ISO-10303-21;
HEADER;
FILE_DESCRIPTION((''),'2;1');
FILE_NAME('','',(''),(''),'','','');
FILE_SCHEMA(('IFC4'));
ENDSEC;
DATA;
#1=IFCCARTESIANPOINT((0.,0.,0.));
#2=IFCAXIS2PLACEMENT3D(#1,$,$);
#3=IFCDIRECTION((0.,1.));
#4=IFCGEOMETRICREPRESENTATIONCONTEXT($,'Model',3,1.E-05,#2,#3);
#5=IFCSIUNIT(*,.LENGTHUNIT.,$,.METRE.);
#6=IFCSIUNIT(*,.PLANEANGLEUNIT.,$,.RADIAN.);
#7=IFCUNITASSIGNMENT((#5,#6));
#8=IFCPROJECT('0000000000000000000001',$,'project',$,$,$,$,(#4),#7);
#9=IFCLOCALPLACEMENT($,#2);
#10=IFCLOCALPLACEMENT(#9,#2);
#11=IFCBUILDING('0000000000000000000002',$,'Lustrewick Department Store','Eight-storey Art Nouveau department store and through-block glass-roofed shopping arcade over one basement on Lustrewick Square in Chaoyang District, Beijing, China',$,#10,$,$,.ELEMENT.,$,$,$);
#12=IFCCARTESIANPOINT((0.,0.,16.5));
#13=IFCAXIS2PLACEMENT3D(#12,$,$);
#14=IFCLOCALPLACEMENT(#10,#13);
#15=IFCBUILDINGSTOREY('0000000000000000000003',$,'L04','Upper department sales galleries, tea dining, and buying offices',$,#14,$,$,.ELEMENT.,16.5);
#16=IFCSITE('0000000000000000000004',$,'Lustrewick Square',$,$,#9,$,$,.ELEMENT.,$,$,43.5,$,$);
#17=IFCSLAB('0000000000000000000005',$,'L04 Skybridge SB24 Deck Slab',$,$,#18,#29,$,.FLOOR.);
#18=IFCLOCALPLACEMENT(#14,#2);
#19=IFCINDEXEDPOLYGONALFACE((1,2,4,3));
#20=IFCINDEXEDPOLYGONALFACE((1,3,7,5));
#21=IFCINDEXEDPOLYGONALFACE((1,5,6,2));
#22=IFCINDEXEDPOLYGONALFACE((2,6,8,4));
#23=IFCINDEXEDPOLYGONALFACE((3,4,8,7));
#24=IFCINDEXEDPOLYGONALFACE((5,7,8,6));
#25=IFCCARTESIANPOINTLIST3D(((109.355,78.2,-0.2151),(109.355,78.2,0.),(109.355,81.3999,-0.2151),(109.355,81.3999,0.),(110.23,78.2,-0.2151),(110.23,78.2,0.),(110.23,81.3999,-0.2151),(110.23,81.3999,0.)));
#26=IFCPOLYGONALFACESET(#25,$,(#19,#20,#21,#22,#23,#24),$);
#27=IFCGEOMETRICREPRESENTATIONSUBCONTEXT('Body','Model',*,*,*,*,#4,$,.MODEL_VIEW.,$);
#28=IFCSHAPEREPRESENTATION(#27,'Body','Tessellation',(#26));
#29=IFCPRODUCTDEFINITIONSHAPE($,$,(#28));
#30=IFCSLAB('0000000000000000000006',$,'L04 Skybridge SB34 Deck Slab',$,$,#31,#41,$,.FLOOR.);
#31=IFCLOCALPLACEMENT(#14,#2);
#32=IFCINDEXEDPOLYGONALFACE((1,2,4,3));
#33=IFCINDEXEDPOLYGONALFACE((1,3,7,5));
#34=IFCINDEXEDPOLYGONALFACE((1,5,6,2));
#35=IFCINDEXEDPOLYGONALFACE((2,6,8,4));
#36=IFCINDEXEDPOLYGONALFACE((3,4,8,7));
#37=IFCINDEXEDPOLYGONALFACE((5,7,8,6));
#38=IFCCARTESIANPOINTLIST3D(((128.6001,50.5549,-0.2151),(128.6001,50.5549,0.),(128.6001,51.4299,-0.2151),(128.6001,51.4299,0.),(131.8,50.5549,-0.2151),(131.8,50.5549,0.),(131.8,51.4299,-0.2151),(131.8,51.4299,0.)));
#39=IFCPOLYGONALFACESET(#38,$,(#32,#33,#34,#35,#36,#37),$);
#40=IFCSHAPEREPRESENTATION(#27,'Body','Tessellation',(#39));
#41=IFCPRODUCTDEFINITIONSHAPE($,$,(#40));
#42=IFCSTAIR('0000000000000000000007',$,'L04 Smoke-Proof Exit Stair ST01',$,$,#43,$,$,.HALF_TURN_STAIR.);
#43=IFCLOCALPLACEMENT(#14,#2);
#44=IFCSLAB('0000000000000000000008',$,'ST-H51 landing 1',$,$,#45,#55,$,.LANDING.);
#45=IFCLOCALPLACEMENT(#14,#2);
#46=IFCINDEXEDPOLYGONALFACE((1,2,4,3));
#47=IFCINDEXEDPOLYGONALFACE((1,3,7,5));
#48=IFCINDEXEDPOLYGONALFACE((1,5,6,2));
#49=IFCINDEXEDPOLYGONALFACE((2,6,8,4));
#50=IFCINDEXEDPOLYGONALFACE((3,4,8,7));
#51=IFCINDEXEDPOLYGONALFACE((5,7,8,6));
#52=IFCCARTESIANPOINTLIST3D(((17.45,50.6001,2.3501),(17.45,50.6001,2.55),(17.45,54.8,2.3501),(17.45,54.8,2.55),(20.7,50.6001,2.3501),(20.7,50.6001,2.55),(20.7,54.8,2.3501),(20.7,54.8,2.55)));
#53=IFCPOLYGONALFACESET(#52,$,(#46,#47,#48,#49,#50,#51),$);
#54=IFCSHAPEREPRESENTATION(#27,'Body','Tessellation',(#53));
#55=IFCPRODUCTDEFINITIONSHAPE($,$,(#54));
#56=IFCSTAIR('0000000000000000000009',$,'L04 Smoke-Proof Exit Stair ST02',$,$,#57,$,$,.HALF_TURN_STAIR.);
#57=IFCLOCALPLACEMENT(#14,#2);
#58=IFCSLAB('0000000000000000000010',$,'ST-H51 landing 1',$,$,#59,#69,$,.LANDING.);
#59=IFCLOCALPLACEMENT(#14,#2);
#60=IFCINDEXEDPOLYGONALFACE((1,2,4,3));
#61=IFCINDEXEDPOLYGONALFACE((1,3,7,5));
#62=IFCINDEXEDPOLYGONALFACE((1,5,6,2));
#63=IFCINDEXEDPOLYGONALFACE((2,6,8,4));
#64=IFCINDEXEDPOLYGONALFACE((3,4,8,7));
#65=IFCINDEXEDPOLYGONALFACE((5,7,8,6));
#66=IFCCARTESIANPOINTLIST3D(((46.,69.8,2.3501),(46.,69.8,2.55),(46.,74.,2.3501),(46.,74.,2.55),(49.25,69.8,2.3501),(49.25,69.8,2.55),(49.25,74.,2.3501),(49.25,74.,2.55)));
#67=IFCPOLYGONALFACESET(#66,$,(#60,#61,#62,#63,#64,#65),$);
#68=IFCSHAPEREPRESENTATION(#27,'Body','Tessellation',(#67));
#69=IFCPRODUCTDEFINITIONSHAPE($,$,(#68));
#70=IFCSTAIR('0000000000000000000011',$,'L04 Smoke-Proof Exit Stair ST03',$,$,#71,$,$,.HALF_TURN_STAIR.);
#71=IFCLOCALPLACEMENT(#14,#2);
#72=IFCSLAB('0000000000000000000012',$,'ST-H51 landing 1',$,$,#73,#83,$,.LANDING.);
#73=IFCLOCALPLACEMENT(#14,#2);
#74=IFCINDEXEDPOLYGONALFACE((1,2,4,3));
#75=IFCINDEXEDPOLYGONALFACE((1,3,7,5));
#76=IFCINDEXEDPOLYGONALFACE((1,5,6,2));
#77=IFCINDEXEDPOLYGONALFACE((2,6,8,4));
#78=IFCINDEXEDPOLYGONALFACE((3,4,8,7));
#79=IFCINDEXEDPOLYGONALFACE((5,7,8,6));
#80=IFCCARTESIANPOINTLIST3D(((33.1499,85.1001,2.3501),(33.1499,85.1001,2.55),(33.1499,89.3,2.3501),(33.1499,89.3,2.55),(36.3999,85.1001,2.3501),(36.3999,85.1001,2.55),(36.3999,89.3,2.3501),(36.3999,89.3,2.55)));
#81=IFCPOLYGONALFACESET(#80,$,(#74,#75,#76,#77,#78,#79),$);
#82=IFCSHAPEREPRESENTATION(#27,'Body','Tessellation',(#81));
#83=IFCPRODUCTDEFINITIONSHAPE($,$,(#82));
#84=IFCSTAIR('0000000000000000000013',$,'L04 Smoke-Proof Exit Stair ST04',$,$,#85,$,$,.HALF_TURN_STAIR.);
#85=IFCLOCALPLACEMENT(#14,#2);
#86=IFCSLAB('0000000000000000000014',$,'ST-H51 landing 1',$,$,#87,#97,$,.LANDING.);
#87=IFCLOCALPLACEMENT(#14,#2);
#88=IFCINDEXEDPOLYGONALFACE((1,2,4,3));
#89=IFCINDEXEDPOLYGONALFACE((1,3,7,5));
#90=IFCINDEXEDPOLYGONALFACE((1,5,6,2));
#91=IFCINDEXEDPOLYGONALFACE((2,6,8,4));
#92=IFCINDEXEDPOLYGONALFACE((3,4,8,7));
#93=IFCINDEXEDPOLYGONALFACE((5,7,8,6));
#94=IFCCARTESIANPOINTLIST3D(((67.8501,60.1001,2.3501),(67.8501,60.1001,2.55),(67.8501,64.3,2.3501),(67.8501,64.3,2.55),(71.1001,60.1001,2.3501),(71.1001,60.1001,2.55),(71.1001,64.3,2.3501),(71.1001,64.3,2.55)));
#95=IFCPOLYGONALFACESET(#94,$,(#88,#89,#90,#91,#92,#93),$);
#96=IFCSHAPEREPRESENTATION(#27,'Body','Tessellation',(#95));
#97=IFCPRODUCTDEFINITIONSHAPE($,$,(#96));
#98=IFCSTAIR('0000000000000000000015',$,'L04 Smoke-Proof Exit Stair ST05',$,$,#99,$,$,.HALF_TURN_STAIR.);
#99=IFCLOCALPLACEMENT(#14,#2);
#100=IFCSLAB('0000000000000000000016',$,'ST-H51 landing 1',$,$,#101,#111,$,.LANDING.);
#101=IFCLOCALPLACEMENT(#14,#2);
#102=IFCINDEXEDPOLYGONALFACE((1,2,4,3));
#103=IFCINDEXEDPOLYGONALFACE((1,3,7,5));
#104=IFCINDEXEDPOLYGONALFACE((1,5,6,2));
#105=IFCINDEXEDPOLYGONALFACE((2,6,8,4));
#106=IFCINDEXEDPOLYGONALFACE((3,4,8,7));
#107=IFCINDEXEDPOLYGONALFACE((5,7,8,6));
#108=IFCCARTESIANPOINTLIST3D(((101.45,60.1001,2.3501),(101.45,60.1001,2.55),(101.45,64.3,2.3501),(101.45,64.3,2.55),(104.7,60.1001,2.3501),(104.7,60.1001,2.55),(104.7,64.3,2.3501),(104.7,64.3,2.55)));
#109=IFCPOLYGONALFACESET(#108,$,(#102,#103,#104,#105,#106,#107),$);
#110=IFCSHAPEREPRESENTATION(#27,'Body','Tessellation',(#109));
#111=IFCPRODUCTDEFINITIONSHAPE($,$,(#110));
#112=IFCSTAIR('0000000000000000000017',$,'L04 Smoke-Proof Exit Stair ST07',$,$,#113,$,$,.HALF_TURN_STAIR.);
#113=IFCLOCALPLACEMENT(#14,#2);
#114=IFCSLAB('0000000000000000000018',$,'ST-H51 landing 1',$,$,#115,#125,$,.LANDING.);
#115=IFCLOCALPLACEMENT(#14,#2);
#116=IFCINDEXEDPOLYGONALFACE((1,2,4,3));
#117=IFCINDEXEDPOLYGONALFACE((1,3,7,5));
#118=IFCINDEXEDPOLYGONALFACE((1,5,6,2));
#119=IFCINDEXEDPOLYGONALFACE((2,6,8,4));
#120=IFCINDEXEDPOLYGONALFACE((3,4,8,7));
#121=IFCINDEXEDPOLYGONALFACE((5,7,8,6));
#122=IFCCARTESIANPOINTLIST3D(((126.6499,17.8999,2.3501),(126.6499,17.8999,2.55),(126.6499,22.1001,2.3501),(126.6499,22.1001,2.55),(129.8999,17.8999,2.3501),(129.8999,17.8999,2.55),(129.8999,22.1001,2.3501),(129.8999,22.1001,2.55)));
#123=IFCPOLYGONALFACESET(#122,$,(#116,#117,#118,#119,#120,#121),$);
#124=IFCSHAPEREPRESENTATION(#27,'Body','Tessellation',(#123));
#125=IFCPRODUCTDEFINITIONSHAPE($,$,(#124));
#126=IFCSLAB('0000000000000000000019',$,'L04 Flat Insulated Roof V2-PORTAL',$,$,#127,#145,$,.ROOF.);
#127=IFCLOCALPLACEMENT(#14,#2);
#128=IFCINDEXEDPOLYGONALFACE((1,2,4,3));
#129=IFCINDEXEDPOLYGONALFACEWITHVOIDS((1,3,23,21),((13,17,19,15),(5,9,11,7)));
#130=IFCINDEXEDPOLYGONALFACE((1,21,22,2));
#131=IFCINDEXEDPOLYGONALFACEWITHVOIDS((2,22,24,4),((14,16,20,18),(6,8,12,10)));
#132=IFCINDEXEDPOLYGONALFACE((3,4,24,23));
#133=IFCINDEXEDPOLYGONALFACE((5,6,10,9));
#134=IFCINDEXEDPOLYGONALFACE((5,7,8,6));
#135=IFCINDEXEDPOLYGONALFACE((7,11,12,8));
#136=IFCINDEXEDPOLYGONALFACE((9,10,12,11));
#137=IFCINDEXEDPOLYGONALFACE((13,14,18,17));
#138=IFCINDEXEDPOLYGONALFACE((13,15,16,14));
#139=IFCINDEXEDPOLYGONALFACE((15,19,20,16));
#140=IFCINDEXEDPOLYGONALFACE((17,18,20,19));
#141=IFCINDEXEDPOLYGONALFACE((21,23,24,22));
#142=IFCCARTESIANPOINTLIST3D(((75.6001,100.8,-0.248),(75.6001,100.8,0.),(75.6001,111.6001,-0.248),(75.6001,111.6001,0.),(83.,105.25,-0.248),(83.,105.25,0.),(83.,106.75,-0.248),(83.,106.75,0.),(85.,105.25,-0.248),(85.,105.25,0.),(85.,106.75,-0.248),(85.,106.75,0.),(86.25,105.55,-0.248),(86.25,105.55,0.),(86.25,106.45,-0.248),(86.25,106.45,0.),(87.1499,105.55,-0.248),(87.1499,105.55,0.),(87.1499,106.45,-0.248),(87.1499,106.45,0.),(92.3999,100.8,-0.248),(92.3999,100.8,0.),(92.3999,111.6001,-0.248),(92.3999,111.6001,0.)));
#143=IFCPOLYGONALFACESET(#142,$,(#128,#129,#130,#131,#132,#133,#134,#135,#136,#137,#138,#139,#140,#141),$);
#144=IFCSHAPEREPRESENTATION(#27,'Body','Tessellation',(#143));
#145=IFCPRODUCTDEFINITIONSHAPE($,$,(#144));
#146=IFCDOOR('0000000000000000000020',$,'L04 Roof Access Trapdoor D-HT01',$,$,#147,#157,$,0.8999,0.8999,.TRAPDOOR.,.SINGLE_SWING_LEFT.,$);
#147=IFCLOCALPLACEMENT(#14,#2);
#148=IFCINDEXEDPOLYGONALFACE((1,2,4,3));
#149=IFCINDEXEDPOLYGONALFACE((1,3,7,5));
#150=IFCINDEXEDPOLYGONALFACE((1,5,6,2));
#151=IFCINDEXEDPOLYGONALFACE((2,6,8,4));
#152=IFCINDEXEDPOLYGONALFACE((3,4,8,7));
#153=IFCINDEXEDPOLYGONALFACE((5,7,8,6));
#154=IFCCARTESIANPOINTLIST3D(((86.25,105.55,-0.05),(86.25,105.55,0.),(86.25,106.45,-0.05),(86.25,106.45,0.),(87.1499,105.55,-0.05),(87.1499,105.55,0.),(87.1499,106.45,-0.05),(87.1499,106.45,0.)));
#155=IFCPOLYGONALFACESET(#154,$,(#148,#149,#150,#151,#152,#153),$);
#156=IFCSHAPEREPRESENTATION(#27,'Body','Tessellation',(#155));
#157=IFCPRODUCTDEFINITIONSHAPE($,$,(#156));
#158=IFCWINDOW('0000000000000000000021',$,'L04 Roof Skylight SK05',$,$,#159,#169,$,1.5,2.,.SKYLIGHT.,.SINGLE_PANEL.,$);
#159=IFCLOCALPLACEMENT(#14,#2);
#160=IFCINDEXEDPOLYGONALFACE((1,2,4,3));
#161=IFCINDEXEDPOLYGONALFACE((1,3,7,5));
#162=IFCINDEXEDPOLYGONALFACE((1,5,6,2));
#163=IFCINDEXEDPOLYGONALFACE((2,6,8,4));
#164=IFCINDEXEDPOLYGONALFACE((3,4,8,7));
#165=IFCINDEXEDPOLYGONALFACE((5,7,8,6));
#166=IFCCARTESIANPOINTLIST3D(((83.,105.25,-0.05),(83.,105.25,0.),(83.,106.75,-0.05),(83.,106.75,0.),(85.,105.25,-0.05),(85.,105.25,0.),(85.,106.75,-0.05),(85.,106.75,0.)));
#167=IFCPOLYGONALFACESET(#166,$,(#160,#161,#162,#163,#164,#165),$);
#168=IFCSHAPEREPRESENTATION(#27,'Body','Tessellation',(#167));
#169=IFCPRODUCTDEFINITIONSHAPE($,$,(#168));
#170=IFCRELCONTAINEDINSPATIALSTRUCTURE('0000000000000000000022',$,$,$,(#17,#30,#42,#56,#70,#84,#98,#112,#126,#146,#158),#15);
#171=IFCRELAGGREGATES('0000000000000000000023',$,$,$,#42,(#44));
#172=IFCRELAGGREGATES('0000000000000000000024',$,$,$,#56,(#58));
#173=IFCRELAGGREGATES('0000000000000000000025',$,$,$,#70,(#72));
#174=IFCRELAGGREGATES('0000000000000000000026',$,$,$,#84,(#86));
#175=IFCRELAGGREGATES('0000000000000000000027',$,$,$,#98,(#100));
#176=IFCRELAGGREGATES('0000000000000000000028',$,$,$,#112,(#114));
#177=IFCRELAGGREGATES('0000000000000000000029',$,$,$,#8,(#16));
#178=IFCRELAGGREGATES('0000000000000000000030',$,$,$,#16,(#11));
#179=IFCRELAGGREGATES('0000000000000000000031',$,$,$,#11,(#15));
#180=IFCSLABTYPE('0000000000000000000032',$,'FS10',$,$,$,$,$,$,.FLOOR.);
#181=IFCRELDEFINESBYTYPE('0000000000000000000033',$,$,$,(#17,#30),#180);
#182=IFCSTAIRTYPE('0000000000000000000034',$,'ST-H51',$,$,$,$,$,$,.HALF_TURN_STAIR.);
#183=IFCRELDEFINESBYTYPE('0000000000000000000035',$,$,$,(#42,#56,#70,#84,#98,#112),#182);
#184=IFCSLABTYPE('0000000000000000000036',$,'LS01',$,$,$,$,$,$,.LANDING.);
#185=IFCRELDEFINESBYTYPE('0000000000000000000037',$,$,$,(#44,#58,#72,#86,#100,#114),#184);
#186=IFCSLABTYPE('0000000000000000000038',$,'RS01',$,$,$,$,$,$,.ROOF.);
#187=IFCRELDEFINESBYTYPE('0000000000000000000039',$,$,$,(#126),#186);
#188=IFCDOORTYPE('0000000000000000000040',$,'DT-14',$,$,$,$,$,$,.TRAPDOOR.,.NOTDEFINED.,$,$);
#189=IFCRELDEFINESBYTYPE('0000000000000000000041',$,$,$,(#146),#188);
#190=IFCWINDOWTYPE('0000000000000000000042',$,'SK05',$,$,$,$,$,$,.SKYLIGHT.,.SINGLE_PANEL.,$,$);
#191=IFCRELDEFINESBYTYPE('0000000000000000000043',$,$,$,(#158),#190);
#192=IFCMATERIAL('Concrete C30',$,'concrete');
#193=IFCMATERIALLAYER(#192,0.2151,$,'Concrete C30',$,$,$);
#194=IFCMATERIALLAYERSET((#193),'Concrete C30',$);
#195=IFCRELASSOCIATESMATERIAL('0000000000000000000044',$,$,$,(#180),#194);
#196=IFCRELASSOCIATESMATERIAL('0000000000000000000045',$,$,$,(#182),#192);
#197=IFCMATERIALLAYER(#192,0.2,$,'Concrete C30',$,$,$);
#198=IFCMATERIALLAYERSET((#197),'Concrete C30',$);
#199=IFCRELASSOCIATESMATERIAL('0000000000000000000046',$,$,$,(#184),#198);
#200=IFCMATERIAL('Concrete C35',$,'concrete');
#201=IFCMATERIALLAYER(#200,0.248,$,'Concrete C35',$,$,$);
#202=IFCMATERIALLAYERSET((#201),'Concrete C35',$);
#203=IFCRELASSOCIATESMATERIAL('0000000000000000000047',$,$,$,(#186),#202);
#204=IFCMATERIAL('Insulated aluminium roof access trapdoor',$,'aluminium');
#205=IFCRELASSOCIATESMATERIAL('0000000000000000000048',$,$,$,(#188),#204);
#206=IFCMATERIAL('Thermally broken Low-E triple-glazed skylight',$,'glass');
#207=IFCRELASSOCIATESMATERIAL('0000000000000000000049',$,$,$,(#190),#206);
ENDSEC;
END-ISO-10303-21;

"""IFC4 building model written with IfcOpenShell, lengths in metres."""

from ifc_helpers import new_model, si_unit, direction, frame, origin, origin_2d, place, context, subcontext, project, spatial, polyline, rectangle, outline, extrude, material, layer, layer_set, type_object, element, fill, aggregate, save


model = new_model("IFC4")

# Units and contexts
model_context = context("Model", 3, precision=1e-05, world=origin(), true_north=direction((0.0, 1.0)))
body_context = subcontext(model_context, "Body", "Model", "MODEL_VIEW")
ifc_project = project(units=[si_unit("LENGTHUNIT", "METRE"), si_unit("PLANEANGLEUNIT", "RADIAN")], contexts=[model_context])

# Site, building, storey
site_placement = place(None, origin())
site = spatial("IfcSite", under=ifc_project, at=site_placement, Name="Lustrewick Square", CompositionType="ELEMENT", RefElevation=43.5)
building_placement = place(site_placement, origin())
building = spatial("IfcBuilding", under=site, at=building_placement, Name="Lustrewick Department Store", Description="Eight-storey Art Nouveau department store and through-block glass-roofed shopping arcade over one basement on Lustrewick Square in Chaoyang District, Beijing, China", CompositionType="ELEMENT")
storey_placement = place(building_placement, frame((0.0, 0.0, 16.5)))
storey = spatial("IfcBuildingStorey", under=building, at=storey_placement, Name="L04", Description="Upper department sales galleries, tea dining, and buying offices", CompositionType="ELEMENT", Elevation=16.5)

# Slabs
ifc_material_1 = material(Name="Concrete C30", Category="concrete")
ifc_layer_1 = layer(ifc_material_1, 0.2151, Name="Concrete C30")
ifc_layer_set_1 = layer_set([ifc_layer_1], Name="Concrete C30")
slab_type_1 = type_object("IfcSlabType", Name="FS10", PredefinedType="FLOOR", material=ifc_layer_set_1)
slab_1_placement = place(storey_placement, frame((0.0, 0.0, -0.2151)))
element("IfcSlab", 1, at=slab_1_placement, inside=storey, type_object=slab_type_1, Name="L04 Skybridge SB24 Deck Slab", PredefinedType="FLOOR", context=body_context, shape_type="SweptSolid", body=[
    extrude(outline(polyline([(110.23, 78.2), (110.23, 81.3999), (109.355, 81.3999), (109.355, 78.2), (110.23, 78.2)])), origin(), (0.0, 0.0, 1.0), 0.2151),
])
slab_2_placement = place(storey_placement, frame((0.0, 0.0, -0.2151)))
element("IfcSlab", 2, at=slab_2_placement, inside=storey, type_object=slab_type_1, Name="L04 Skybridge SB34 Deck Slab", PredefinedType="FLOOR", context=body_context, shape_type="SweptSolid", body=[
    extrude(outline(polyline([(131.8, 50.5549), (131.8, 51.4299), (128.6001, 51.4299), (128.6001, 50.5549), (131.8, 50.5549)])), origin(), (0.0, 0.0, 1.0), 0.2151),
])

# Stairs, slabs
stair_type = type_object("IfcStairType", Name="ST-H51", PredefinedType="HALF_TURN_STAIR", material=ifc_material_1)
stair_1_placement = place(storey_placement, origin())
stair_1 = element("IfcStair", 3, at=stair_1_placement, inside=storey, type_object=stair_type, Name="L04 Smoke-Proof Exit Stair ST01", PredefinedType="HALF_TURN_STAIR")
ifc_layer_2 = layer(ifc_material_1, 0.2, Name="Concrete C30")
ifc_layer_set_2 = layer_set([ifc_layer_2], Name="Concrete C30")
slab_type_2 = type_object("IfcSlabType", Name="LS01", PredefinedType="LANDING", material=ifc_layer_set_2)
slab_3_placement = place(storey_placement, frame((0.0, 0.0, 2.3501)))
slab_3 = element("IfcSlab", 4, at=slab_3_placement, type_object=slab_type_2, Name="ST-H51 landing 1", PredefinedType="LANDING", context=body_context, shape_type="SweptSolid", body=[
    extrude(outline(polyline([(17.45, 50.6001), (20.7, 50.6001), (20.7, 54.8), (17.45, 54.8), (17.45, 50.6001)])), origin(), (0.0, 0.0, 1.0), 0.2),
])
aggregate(stair_1, [slab_3])
stair_2_placement = place(storey_placement, origin())
stair_2 = element("IfcStair", 5, at=stair_2_placement, inside=storey, type_object=stair_type, Name="L04 Smoke-Proof Exit Stair ST02", PredefinedType="HALF_TURN_STAIR")
slab_4_placement = place(storey_placement, frame((0.0, 0.0, 2.3501)))
slab_4 = element("IfcSlab", 6, at=slab_4_placement, type_object=slab_type_2, Name="ST-H51 landing 1", PredefinedType="LANDING", context=body_context, shape_type="SweptSolid", body=[
    extrude(outline(polyline([(49.25, 74.0), (46.0, 74.0), (46.0, 69.8), (49.25, 69.8), (49.25, 74.0)])), origin(), (0.0, 0.0, 1.0), 0.2),
])
aggregate(stair_2, [slab_4])
stair_3_placement = place(storey_placement, origin())
stair_3 = element("IfcStair", 7, at=stair_3_placement, inside=storey, type_object=stair_type, Name="L04 Smoke-Proof Exit Stair ST03", PredefinedType="HALF_TURN_STAIR")
slab_5_placement = place(storey_placement, frame((0.0, 0.0, 2.3501)))
slab_5 = element("IfcSlab", 8, at=slab_5_placement, type_object=slab_type_2, Name="ST-H51 landing 1", PredefinedType="LANDING", context=body_context, shape_type="SweptSolid", body=[
    extrude(outline(polyline([(33.1499, 85.1001), (36.3999, 85.1001), (36.3999, 89.3), (33.1499, 89.3), (33.1499, 85.1001)])), origin(), (0.0, 0.0, 1.0), 0.2),
])
aggregate(stair_3, [slab_5])
stair_4_placement = place(storey_placement, origin())
stair_4 = element("IfcStair", 9, at=stair_4_placement, inside=storey, type_object=stair_type, Name="L04 Smoke-Proof Exit Stair ST04", PredefinedType="HALF_TURN_STAIR")
slab_6_placement = place(storey_placement, frame((0.0, 0.0, 2.3501)))
slab_6 = element("IfcSlab", 10, at=slab_6_placement, type_object=slab_type_2, Name="ST-H51 landing 1", PredefinedType="LANDING", context=body_context, shape_type="SweptSolid", body=[
    extrude(outline(polyline([(67.8501, 60.1001), (71.1001, 60.1001), (71.1001, 64.3), (67.8501, 64.3), (67.8501, 60.1001)])), origin(), (0.0, 0.0, 1.0), 0.2),
])
aggregate(stair_4, [slab_6])
stair_5_placement = place(storey_placement, origin())
stair_5 = element("IfcStair", 11, at=stair_5_placement, inside=storey, type_object=stair_type, Name="L04 Smoke-Proof Exit Stair ST05", PredefinedType="HALF_TURN_STAIR")
slab_7_placement = place(storey_placement, frame((0.0, 0.0, 2.3501)))
slab_7 = element("IfcSlab", 12, at=slab_7_placement, type_object=slab_type_2, Name="ST-H51 landing 1", PredefinedType="LANDING", context=body_context, shape_type="SweptSolid", body=[
    extrude(outline(polyline([(101.45, 60.1001), (104.7, 60.1001), (104.7, 64.3), (101.45, 64.3), (101.45, 60.1001)])), origin(), (0.0, 0.0, 1.0), 0.2),
])
aggregate(stair_5, [slab_7])
stair_6_placement = place(storey_placement, origin())
stair_6 = element("IfcStair", 13, at=stair_6_placement, inside=storey, type_object=stair_type, Name="L04 Smoke-Proof Exit Stair ST07", PredefinedType="HALF_TURN_STAIR")
slab_8_placement = place(storey_placement, frame((0.0, 0.0, 2.3501)))
slab_8 = element("IfcSlab", 14, at=slab_8_placement, type_object=slab_type_2, Name="ST-H51 landing 1", PredefinedType="LANDING", context=body_context, shape_type="SweptSolid", body=[
    extrude(outline(polyline([(126.6499, 17.8999), (129.8999, 17.8999), (129.8999, 22.1001), (126.6499, 22.1001), (126.6499, 17.8999)])), origin(), (0.0, 0.0, 1.0), 0.2),
])
aggregate(stair_6, [slab_8])

# Slab, openings, door, window
ifc_material_2 = material(Name="Concrete C35", Category="concrete")
ifc_layer_3 = layer(ifc_material_2, 0.248, Name="Concrete C35")
ifc_layer_set_3 = layer_set([ifc_layer_3], Name="Concrete C35")
slab_type_3 = type_object("IfcSlabType", Name="RS01", PredefinedType="ROOF", material=ifc_layer_set_3)
slab_9_placement = place(storey_placement, frame((0.0, 0.0, -0.248)))
slab_9 = element("IfcSlab", 15, at=slab_9_placement, inside=storey, type_object=slab_type_3, Name="L04 Flat Insulated Roof V2-PORTAL", PredefinedType="ROOF", context=body_context, shape_type="SweptSolid", body=[
    extrude(outline(polyline([(92.3999, 100.8), (92.3999, 111.6001), (75.6001, 111.6001), (75.6001, 100.8), (92.3999, 100.8)])), origin(), (0.0, 0.0, 1.0), 0.248),
])
opening_1_placement = place(slab_9_placement, frame((84.0, 106.0, -0.01)))
opening_1 = element("IfcOpeningElement", 16, at=opening_1_placement, cuts=slab_9, PredefinedType="OPENING", context=body_context, shape_type="SweptSolid", body=[
    extrude(rectangle(XDim=2.0, YDim=1.5, at=origin_2d()), origin(), (0.0, 0.0, 1.0), 0.2681),
])
opening_2_placement = place(slab_9_placement, frame((86.7, 106.0, -0.01)))
opening_2 = element("IfcOpeningElement", 17, at=opening_2_placement, cuts=slab_9, PredefinedType="OPENING", context=body_context, shape_type="SweptSolid", body=[
    extrude(rectangle(XDim=0.8999, YDim=0.8999, at=origin_2d()), origin(), (0.0, 0.0, 1.0), 0.2681),
])
ifc_material_3 = material(Name="Insulated aluminium roof access trapdoor", Category="aluminium")
door_type = type_object("IfcDoorType", Name="DT-14", OperationType="NOTDEFINED", PredefinedType="TRAPDOOR", material=ifc_material_3)
door_1_placement = place(opening_2_placement, frame((0.0, 0.0, 0.208)))
door_1 = element("IfcDoor", 18, at=door_1_placement, inside=storey, type_object=door_type, Name="L04 Roof Access Trapdoor D-HT01", OperationType="SINGLE_SWING_LEFT", OverallHeight=0.8999, OverallWidth=0.8999, PredefinedType="TRAPDOOR", context=body_context, shape_type="SweptSolid", body=[
    extrude(rectangle(XDim=0.8999, YDim=0.8999, at=origin_2d()), origin(), (0.0, 0.0, 1.0), 0.05),
])
fill(opening_2, door_1)
ifc_material_4 = material(Name="Thermally broken Low-E triple-glazed skylight", Category="glass")
window_type_1 = type_object("IfcWindowType", Name="SK05", PartitioningType="SINGLE_PANEL", PredefinedType="SKYLIGHT", material=ifc_material_4)
window_1_placement = place(opening_1_placement, frame((0.0, 0.0, 0.208)))
window_1 = element("IfcWindow", 19, at=window_1_placement, inside=storey, type_object=window_type_1, Name="L04 Roof Skylight SK05", OverallHeight=1.5, OverallWidth=2.0, PartitioningType="SINGLE_PANEL", PredefinedType="SKYLIGHT", context=body_context, shape_type="SweptSolid", body=[
    extrude(rectangle(XDim=2.0, YDim=1.5, at=origin_2d()), origin(), (0.0, 0.0, 1.0), 0.05),
])
fill(opening_1, window_1)

save(model, "model.ifc")
